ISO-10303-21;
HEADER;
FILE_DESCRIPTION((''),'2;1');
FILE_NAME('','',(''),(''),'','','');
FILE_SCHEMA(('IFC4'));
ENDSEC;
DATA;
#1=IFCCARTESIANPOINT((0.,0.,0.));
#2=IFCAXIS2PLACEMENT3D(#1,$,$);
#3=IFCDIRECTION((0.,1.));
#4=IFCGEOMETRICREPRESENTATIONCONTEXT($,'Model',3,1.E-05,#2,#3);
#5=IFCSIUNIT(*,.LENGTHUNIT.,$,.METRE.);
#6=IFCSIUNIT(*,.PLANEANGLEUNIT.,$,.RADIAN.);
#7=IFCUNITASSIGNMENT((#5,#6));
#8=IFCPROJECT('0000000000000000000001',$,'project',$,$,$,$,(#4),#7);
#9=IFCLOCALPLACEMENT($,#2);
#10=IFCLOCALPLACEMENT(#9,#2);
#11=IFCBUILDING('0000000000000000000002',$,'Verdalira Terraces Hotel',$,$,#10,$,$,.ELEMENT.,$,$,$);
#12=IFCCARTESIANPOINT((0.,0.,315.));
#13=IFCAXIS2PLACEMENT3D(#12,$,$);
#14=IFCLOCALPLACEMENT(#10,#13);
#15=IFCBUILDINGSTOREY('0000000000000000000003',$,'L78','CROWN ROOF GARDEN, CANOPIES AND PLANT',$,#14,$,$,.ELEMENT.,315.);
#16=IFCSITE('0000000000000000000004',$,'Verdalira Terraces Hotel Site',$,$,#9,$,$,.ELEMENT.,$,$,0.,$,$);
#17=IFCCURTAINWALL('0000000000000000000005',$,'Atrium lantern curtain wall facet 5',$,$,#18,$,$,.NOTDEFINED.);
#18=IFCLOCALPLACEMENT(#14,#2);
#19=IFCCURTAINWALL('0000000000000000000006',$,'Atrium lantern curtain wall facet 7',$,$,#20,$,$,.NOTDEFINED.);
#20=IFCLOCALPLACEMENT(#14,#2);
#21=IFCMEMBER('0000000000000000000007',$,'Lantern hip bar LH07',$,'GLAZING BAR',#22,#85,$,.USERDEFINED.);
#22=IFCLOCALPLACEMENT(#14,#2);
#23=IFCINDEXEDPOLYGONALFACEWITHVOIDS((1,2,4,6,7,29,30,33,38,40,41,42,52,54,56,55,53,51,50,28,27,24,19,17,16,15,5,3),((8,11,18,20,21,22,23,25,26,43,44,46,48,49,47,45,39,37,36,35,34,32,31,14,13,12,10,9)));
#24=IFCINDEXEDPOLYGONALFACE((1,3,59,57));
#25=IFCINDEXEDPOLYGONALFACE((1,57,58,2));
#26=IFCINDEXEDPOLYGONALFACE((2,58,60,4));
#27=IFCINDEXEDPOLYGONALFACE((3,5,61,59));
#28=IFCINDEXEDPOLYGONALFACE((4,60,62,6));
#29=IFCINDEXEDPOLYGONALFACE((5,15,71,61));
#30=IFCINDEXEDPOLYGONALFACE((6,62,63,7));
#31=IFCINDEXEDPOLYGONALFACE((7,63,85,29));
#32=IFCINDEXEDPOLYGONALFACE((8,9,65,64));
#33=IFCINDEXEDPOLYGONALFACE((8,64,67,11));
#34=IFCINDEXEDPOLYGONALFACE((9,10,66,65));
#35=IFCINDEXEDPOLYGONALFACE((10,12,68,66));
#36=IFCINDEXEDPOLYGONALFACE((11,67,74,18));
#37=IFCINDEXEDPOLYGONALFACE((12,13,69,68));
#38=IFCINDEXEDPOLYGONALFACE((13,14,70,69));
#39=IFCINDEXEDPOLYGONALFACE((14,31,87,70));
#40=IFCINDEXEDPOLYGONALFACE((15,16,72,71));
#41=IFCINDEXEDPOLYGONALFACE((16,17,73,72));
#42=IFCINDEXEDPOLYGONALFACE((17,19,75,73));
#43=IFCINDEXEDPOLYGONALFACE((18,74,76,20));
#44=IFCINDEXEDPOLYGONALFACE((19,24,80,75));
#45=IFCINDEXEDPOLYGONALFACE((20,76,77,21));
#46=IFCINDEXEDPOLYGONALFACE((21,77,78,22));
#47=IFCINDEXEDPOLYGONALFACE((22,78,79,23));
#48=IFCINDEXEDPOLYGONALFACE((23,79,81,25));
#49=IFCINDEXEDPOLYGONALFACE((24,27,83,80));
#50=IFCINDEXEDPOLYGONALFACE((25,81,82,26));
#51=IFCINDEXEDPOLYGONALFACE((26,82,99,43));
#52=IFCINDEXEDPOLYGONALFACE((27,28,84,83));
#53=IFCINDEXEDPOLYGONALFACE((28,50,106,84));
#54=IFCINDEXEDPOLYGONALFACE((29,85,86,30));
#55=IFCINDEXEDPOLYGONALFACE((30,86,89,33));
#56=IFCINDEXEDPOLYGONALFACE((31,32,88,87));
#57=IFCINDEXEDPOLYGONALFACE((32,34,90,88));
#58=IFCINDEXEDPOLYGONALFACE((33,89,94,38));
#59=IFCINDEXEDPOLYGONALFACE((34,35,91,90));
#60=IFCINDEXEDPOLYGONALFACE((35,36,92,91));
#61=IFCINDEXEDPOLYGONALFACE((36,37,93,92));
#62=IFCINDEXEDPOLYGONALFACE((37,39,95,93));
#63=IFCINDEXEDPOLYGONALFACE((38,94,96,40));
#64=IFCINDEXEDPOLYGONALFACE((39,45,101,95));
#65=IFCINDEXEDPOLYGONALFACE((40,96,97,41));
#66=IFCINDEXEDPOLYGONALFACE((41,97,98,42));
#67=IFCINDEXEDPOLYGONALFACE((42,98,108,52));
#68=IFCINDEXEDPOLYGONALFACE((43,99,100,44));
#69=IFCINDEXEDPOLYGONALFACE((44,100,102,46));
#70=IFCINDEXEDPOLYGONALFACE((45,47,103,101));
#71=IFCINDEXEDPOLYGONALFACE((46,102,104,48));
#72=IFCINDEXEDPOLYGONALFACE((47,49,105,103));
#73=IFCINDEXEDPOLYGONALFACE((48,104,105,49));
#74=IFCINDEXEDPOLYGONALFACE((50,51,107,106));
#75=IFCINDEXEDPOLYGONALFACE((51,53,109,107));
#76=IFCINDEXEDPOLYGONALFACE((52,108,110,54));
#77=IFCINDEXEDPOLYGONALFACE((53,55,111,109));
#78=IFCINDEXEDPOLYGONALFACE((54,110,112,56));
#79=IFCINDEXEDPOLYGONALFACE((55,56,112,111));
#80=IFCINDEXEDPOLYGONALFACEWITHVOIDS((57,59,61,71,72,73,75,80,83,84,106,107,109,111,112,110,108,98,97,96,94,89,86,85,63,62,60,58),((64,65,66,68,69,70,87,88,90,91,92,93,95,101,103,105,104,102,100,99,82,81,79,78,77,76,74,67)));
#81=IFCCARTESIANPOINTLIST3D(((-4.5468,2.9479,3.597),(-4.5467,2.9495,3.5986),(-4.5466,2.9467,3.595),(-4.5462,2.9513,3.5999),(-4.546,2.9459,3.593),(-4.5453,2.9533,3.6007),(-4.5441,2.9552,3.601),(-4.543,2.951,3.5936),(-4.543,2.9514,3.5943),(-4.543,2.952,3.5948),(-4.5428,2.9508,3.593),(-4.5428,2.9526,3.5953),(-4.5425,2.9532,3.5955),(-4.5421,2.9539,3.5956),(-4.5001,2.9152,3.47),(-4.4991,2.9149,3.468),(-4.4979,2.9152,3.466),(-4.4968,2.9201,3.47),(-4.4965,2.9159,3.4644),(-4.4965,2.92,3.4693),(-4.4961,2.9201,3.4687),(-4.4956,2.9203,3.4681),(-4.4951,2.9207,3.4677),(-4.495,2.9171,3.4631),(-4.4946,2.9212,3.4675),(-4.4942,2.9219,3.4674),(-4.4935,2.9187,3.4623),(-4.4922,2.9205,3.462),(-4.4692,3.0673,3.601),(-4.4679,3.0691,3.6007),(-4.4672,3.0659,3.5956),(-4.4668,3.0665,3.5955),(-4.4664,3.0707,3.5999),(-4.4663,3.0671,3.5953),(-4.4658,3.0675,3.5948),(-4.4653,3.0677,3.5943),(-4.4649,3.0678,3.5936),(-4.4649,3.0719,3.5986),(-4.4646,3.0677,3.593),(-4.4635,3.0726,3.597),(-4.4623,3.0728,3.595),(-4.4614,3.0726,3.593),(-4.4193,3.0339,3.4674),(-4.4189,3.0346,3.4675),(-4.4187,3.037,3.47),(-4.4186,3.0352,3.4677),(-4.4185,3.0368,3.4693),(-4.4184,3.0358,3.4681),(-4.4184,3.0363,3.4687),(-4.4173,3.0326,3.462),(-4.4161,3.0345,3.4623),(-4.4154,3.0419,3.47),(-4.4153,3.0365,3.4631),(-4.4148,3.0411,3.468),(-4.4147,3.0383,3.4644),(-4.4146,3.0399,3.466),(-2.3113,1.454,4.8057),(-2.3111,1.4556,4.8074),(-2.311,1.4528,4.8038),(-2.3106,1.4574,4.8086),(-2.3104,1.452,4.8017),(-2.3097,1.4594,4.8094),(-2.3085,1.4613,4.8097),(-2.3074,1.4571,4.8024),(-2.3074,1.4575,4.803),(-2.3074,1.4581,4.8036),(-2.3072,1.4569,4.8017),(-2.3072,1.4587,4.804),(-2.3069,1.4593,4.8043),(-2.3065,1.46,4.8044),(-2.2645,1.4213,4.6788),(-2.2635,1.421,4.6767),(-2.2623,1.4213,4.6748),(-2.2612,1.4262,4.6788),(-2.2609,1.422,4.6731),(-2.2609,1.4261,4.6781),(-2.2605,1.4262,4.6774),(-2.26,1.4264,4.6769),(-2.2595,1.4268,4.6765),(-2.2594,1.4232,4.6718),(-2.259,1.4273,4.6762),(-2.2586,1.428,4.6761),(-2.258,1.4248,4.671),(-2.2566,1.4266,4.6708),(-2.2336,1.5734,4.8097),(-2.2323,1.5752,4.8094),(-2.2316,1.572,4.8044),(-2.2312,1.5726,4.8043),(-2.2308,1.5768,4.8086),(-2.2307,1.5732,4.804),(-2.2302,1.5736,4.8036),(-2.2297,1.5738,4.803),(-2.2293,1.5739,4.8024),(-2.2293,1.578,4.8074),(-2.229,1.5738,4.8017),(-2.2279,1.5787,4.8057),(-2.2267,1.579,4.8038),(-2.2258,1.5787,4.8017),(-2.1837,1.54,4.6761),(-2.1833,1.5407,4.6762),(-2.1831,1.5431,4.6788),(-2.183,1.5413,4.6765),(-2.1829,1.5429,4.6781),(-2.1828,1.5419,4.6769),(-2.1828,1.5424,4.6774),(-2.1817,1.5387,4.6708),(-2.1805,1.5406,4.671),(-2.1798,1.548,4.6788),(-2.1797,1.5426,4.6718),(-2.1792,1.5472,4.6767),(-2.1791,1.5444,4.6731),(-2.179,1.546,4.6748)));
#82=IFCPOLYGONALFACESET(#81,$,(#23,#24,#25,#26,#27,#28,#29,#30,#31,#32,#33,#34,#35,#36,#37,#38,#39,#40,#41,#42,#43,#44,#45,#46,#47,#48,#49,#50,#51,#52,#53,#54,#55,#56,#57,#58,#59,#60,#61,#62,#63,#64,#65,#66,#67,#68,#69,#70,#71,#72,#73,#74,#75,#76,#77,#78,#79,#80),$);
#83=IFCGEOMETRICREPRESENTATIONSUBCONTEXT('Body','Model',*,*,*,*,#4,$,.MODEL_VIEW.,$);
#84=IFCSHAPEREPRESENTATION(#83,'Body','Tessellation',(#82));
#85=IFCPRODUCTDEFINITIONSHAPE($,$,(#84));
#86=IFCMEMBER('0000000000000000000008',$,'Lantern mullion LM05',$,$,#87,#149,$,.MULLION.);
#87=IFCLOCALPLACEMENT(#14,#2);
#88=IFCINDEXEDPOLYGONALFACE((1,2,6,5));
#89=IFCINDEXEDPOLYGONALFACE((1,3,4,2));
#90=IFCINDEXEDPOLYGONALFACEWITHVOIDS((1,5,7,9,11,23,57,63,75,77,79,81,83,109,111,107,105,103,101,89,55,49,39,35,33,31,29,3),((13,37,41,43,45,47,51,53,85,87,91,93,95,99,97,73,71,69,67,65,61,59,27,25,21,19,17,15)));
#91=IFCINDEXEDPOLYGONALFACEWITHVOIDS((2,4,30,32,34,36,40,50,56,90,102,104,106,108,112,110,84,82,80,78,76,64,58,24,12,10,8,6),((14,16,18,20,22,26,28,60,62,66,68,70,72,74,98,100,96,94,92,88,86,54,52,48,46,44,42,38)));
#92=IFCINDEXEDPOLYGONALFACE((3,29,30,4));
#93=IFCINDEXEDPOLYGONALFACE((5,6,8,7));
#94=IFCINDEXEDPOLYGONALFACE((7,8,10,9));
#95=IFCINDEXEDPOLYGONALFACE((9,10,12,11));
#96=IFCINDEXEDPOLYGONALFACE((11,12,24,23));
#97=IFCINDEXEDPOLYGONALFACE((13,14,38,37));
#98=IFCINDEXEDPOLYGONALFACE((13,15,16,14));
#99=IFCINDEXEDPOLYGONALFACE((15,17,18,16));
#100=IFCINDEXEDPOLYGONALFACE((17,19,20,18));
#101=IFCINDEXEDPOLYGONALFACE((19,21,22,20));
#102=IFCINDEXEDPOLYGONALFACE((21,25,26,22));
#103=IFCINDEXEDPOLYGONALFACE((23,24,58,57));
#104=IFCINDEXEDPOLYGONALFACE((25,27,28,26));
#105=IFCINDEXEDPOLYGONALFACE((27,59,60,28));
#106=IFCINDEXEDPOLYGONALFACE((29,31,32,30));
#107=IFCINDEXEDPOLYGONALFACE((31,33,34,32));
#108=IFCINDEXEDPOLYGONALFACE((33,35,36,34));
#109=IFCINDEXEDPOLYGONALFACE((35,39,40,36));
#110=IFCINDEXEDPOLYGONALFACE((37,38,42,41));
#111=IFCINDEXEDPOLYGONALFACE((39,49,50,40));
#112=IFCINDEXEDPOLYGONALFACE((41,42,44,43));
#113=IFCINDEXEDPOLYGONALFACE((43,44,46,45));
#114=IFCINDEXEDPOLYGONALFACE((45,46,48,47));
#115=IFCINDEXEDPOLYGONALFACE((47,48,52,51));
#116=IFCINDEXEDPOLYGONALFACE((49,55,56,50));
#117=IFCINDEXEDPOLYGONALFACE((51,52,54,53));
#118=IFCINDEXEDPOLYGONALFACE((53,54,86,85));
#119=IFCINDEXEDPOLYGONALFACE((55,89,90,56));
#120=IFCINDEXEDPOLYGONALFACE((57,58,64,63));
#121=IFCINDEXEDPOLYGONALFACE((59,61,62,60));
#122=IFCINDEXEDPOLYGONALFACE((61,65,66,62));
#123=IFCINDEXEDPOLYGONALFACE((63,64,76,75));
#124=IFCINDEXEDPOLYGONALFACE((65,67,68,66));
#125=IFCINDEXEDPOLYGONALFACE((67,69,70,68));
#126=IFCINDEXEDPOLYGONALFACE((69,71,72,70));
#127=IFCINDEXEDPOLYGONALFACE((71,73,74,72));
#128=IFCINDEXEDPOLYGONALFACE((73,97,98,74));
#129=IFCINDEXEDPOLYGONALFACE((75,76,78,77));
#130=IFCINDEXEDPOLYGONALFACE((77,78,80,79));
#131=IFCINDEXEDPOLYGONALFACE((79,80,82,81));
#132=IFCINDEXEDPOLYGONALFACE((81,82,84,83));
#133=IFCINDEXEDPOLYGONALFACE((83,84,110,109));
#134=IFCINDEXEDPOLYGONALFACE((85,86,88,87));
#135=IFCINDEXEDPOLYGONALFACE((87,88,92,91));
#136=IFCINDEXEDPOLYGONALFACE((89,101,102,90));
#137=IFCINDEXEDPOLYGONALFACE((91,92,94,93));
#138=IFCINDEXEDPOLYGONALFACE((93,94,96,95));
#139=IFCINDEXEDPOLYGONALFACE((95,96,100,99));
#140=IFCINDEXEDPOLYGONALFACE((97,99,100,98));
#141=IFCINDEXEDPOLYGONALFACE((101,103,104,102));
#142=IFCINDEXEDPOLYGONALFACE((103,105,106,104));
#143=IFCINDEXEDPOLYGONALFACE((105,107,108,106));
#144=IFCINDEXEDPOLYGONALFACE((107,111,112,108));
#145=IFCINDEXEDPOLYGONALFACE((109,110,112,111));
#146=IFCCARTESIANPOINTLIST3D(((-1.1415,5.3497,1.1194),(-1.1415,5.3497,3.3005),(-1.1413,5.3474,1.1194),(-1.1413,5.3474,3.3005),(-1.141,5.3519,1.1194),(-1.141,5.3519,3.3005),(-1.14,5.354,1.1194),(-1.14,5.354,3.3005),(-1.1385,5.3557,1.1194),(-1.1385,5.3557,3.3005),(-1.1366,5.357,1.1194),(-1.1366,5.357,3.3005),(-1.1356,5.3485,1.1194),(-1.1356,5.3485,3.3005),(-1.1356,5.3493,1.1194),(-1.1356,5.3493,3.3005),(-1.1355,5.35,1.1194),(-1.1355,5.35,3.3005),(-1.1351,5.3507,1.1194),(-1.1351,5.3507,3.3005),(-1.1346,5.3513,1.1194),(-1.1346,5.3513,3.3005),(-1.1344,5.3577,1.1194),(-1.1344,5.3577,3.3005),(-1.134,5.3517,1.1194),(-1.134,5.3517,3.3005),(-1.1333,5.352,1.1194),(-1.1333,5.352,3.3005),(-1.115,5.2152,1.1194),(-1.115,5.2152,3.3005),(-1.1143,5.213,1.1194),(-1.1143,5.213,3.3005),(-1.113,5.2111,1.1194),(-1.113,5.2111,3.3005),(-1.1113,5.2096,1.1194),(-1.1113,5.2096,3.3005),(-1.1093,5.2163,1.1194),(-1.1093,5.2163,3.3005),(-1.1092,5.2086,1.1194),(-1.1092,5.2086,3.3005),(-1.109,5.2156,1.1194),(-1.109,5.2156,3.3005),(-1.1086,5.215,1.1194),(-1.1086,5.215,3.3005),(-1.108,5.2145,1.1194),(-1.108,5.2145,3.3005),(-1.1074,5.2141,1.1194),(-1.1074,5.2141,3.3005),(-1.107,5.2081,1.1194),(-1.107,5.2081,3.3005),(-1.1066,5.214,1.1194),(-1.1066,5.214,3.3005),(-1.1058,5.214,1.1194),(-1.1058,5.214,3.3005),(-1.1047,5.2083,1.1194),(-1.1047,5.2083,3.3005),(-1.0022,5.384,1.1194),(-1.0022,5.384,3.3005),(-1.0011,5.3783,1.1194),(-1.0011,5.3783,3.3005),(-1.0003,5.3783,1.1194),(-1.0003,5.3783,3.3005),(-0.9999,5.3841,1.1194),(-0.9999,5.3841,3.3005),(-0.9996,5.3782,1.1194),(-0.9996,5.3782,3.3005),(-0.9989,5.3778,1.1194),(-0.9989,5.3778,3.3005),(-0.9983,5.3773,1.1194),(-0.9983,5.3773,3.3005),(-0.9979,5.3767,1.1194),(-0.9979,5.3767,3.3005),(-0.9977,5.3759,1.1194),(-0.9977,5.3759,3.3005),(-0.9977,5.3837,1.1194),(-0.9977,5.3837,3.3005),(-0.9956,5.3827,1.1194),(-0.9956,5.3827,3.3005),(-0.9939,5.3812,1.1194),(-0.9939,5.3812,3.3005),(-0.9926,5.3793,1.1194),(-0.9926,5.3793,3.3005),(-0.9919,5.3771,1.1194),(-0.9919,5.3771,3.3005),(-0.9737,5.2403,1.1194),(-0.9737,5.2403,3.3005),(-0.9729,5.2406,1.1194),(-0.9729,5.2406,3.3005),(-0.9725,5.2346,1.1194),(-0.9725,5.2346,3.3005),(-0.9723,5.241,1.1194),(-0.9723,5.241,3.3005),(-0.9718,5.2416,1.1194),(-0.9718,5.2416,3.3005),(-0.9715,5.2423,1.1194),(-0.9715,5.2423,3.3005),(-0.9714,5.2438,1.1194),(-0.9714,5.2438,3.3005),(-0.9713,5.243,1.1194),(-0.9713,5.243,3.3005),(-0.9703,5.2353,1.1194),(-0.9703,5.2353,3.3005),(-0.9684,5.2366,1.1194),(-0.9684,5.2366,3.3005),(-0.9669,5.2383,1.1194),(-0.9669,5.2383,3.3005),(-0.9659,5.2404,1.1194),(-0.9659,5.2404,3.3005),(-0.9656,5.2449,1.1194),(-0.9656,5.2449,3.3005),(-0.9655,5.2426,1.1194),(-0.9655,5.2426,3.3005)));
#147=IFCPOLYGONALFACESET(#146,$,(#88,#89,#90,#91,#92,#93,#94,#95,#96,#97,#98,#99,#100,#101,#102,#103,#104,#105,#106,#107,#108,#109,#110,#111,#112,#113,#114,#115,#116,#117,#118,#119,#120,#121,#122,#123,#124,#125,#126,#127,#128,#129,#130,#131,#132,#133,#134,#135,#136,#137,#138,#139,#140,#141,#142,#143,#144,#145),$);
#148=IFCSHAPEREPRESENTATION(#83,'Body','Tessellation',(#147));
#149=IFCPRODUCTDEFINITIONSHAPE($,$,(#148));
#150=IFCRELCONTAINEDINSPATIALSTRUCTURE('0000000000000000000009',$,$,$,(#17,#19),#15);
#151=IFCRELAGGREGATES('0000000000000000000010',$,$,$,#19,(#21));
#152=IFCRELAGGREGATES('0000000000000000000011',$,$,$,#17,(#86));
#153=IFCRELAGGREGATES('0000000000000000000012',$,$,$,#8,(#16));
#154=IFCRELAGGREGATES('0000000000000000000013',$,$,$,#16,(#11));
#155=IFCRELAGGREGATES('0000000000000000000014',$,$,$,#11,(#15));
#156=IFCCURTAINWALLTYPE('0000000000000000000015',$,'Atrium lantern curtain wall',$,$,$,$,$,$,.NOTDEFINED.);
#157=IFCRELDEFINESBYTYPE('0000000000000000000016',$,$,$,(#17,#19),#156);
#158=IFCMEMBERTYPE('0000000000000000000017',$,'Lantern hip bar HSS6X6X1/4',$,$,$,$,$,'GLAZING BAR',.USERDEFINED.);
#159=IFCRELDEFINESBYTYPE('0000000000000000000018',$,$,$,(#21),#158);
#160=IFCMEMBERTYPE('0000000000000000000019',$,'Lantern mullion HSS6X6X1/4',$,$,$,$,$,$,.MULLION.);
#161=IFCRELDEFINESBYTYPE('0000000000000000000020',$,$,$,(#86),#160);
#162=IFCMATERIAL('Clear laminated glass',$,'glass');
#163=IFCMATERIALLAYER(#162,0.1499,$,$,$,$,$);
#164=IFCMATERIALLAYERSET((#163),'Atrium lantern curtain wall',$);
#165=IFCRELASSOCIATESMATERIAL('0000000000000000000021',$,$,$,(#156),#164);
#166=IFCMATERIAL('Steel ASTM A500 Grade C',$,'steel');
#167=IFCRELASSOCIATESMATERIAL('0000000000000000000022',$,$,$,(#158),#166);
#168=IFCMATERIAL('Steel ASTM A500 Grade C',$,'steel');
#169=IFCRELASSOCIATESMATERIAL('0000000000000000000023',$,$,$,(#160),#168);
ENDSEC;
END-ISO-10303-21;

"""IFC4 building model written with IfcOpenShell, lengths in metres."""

from ifc_helpers import new_model, si_unit, direction, frame, origin, origin_2d, place, context, subcontext, project, spatial, hollow_rectangle, extrude, material, layer, layer_set, material_profile, profile_set, type_object, element, aggregate, save


model = new_model("IFC4")

# Units and contexts
model_context = context("Model", 3, precision=1e-05, world=origin(), true_north=direction((0.0, 1.0)))
body_context = subcontext(model_context, "Body", "Model", "MODEL_VIEW")
ifc_project = project(units=[si_unit("LENGTHUNIT", "METRE"), si_unit("PLANEANGLEUNIT", "RADIAN")], contexts=[model_context])

# Site, building, storey
site_placement = place(None, origin())
site = spatial("IfcSite", under=ifc_project, at=site_placement, Name="Verdalira Terraces Hotel Site", CompositionType="ELEMENT", RefElevation=0.0)
building_placement = place(site_placement, origin())
building = spatial("IfcBuilding", under=site, at=building_placement, Name="Verdalira Terraces Hotel", CompositionType="ELEMENT")
storey_placement = place(building_placement, frame((0.0, 0.0, 315.0)))
storey = spatial("IfcBuildingStorey", under=building, at=storey_placement, Name="L78", Description="CROWN ROOF GARDEN, CANOPIES AND PLANT", CompositionType="ELEMENT", Elevation=315.0)

# Curtain walls
ifc_material_1 = material(Name="Clear laminated glass", Category="glass")
ifc_layer_1 = layer(ifc_material_1, 0.1499)
ifc_layer_set_1 = layer_set([ifc_layer_1], Name="Atrium lantern curtain wall")
curtain_wall_type = type_object("IfcCurtainWallType", Name="Atrium lantern curtain wall", PredefinedType="NOTDEFINED", material=ifc_layer_set_1)
curtain_wall_1_placement = place(storey_placement, origin())
curtain_wall_1 = element("IfcCurtainWall", 1, at=curtain_wall_1_placement, inside=storey, type_object=curtain_wall_type, Name="Atrium lantern curtain wall facet 5", PredefinedType="NOTDEFINED")
curtain_wall_2_placement = place(storey_placement, origin())
curtain_wall_2 = element("IfcCurtainWall", 2, at=curtain_wall_2_placement, inside=storey, type_object=curtain_wall_type, Name="Atrium lantern curtain wall facet 7", PredefinedType="NOTDEFINED")

# Members
ifc_material_2 = material(Name="Steel ASTM A500 Grade C", Category="steel")
ifc_material_profile_1 = material_profile(ifc_material_2, hollow_rectangle(XDim=0.1523, YDim=0.1523, WallThickness=0.0059, InnerFilletRadius=0.0029, OuterFilletRadius=0.0088, at=origin_2d()), Name="HSS6X6X1/4")
ifc_profile_set_1 = profile_set([ifc_material_profile_1], Name="Steel ASTM A500 Grade C")
member_type_1 = type_object("IfcMemberType", Name="Lantern hip bar HSS6X6X1/4", ElementType="GLAZING BAR", PredefinedType="USERDEFINED", material=ifc_profile_set_1)
member_1_placement = place(storey_placement, frame((-4.4807, 2.9939, 3.5315), z_axis=(0.758345, -0.50675, 0.410021), x_axis=(0.555601, 0.831449, 0.0)))
member_1 = element("IfcMember", 3, at=member_1_placement, type_object=member_type_1, Name="Lantern hip bar LH07", ObjectType="GLAZING BAR", PredefinedType="USERDEFINED", context=body_context, shape_type="SweptSolid", body=[
    extrude(hollow_rectangle(XDim=0.1523, YDim=0.1523, WallThickness=0.0059, InnerFilletRadius=0.0029, OuterFilletRadius=0.0088, at=origin_2d()), origin(), (0.0, 0.0, 1.0), 2.948),
])
aggregate(curtain_wall_2, [member_1])
ifc_material_3 = material(Name="Steel ASTM A500 Grade C", Category="steel")
ifc_material_profile_2 = material_profile(ifc_material_3, hollow_rectangle(XDim=0.1523, YDim=0.1523, WallThickness=0.0059, InnerFilletRadius=0.0029, OuterFilletRadius=0.0088, at=origin_2d()), Name="HSS6X6X1/4")
ifc_profile_set_2 = profile_set([ifc_material_profile_2], Name="Steel ASTM A500 Grade C")
member_type_2 = type_object("IfcMemberType", Name="Lantern mullion HSS6X6X1/4", PredefinedType="MULLION", material=ifc_profile_set_2)
member_2_placement = place(storey_placement, frame((-1.0535, 5.2961, 1.1194), z_axis=(0.0, 0.0, 1.0), x_axis=(-0.19509, 0.980785, 0.0)))
member_2 = element("IfcMember", 4, at=member_2_placement, type_object=member_type_2, Name="Lantern mullion LM05", PredefinedType="MULLION", context=body_context, shape_type="SweptSolid", body=[
    extrude(hollow_rectangle(XDim=0.1523, YDim=0.1523, WallThickness=0.0059, InnerFilletRadius=0.0029, OuterFilletRadius=0.0088, at=origin_2d()), origin(), (0.0, 0.0, 1.0), 2.1812),
])

aggregate(curtain_wall_1, [member_2])

save(model, "model.ifc")
